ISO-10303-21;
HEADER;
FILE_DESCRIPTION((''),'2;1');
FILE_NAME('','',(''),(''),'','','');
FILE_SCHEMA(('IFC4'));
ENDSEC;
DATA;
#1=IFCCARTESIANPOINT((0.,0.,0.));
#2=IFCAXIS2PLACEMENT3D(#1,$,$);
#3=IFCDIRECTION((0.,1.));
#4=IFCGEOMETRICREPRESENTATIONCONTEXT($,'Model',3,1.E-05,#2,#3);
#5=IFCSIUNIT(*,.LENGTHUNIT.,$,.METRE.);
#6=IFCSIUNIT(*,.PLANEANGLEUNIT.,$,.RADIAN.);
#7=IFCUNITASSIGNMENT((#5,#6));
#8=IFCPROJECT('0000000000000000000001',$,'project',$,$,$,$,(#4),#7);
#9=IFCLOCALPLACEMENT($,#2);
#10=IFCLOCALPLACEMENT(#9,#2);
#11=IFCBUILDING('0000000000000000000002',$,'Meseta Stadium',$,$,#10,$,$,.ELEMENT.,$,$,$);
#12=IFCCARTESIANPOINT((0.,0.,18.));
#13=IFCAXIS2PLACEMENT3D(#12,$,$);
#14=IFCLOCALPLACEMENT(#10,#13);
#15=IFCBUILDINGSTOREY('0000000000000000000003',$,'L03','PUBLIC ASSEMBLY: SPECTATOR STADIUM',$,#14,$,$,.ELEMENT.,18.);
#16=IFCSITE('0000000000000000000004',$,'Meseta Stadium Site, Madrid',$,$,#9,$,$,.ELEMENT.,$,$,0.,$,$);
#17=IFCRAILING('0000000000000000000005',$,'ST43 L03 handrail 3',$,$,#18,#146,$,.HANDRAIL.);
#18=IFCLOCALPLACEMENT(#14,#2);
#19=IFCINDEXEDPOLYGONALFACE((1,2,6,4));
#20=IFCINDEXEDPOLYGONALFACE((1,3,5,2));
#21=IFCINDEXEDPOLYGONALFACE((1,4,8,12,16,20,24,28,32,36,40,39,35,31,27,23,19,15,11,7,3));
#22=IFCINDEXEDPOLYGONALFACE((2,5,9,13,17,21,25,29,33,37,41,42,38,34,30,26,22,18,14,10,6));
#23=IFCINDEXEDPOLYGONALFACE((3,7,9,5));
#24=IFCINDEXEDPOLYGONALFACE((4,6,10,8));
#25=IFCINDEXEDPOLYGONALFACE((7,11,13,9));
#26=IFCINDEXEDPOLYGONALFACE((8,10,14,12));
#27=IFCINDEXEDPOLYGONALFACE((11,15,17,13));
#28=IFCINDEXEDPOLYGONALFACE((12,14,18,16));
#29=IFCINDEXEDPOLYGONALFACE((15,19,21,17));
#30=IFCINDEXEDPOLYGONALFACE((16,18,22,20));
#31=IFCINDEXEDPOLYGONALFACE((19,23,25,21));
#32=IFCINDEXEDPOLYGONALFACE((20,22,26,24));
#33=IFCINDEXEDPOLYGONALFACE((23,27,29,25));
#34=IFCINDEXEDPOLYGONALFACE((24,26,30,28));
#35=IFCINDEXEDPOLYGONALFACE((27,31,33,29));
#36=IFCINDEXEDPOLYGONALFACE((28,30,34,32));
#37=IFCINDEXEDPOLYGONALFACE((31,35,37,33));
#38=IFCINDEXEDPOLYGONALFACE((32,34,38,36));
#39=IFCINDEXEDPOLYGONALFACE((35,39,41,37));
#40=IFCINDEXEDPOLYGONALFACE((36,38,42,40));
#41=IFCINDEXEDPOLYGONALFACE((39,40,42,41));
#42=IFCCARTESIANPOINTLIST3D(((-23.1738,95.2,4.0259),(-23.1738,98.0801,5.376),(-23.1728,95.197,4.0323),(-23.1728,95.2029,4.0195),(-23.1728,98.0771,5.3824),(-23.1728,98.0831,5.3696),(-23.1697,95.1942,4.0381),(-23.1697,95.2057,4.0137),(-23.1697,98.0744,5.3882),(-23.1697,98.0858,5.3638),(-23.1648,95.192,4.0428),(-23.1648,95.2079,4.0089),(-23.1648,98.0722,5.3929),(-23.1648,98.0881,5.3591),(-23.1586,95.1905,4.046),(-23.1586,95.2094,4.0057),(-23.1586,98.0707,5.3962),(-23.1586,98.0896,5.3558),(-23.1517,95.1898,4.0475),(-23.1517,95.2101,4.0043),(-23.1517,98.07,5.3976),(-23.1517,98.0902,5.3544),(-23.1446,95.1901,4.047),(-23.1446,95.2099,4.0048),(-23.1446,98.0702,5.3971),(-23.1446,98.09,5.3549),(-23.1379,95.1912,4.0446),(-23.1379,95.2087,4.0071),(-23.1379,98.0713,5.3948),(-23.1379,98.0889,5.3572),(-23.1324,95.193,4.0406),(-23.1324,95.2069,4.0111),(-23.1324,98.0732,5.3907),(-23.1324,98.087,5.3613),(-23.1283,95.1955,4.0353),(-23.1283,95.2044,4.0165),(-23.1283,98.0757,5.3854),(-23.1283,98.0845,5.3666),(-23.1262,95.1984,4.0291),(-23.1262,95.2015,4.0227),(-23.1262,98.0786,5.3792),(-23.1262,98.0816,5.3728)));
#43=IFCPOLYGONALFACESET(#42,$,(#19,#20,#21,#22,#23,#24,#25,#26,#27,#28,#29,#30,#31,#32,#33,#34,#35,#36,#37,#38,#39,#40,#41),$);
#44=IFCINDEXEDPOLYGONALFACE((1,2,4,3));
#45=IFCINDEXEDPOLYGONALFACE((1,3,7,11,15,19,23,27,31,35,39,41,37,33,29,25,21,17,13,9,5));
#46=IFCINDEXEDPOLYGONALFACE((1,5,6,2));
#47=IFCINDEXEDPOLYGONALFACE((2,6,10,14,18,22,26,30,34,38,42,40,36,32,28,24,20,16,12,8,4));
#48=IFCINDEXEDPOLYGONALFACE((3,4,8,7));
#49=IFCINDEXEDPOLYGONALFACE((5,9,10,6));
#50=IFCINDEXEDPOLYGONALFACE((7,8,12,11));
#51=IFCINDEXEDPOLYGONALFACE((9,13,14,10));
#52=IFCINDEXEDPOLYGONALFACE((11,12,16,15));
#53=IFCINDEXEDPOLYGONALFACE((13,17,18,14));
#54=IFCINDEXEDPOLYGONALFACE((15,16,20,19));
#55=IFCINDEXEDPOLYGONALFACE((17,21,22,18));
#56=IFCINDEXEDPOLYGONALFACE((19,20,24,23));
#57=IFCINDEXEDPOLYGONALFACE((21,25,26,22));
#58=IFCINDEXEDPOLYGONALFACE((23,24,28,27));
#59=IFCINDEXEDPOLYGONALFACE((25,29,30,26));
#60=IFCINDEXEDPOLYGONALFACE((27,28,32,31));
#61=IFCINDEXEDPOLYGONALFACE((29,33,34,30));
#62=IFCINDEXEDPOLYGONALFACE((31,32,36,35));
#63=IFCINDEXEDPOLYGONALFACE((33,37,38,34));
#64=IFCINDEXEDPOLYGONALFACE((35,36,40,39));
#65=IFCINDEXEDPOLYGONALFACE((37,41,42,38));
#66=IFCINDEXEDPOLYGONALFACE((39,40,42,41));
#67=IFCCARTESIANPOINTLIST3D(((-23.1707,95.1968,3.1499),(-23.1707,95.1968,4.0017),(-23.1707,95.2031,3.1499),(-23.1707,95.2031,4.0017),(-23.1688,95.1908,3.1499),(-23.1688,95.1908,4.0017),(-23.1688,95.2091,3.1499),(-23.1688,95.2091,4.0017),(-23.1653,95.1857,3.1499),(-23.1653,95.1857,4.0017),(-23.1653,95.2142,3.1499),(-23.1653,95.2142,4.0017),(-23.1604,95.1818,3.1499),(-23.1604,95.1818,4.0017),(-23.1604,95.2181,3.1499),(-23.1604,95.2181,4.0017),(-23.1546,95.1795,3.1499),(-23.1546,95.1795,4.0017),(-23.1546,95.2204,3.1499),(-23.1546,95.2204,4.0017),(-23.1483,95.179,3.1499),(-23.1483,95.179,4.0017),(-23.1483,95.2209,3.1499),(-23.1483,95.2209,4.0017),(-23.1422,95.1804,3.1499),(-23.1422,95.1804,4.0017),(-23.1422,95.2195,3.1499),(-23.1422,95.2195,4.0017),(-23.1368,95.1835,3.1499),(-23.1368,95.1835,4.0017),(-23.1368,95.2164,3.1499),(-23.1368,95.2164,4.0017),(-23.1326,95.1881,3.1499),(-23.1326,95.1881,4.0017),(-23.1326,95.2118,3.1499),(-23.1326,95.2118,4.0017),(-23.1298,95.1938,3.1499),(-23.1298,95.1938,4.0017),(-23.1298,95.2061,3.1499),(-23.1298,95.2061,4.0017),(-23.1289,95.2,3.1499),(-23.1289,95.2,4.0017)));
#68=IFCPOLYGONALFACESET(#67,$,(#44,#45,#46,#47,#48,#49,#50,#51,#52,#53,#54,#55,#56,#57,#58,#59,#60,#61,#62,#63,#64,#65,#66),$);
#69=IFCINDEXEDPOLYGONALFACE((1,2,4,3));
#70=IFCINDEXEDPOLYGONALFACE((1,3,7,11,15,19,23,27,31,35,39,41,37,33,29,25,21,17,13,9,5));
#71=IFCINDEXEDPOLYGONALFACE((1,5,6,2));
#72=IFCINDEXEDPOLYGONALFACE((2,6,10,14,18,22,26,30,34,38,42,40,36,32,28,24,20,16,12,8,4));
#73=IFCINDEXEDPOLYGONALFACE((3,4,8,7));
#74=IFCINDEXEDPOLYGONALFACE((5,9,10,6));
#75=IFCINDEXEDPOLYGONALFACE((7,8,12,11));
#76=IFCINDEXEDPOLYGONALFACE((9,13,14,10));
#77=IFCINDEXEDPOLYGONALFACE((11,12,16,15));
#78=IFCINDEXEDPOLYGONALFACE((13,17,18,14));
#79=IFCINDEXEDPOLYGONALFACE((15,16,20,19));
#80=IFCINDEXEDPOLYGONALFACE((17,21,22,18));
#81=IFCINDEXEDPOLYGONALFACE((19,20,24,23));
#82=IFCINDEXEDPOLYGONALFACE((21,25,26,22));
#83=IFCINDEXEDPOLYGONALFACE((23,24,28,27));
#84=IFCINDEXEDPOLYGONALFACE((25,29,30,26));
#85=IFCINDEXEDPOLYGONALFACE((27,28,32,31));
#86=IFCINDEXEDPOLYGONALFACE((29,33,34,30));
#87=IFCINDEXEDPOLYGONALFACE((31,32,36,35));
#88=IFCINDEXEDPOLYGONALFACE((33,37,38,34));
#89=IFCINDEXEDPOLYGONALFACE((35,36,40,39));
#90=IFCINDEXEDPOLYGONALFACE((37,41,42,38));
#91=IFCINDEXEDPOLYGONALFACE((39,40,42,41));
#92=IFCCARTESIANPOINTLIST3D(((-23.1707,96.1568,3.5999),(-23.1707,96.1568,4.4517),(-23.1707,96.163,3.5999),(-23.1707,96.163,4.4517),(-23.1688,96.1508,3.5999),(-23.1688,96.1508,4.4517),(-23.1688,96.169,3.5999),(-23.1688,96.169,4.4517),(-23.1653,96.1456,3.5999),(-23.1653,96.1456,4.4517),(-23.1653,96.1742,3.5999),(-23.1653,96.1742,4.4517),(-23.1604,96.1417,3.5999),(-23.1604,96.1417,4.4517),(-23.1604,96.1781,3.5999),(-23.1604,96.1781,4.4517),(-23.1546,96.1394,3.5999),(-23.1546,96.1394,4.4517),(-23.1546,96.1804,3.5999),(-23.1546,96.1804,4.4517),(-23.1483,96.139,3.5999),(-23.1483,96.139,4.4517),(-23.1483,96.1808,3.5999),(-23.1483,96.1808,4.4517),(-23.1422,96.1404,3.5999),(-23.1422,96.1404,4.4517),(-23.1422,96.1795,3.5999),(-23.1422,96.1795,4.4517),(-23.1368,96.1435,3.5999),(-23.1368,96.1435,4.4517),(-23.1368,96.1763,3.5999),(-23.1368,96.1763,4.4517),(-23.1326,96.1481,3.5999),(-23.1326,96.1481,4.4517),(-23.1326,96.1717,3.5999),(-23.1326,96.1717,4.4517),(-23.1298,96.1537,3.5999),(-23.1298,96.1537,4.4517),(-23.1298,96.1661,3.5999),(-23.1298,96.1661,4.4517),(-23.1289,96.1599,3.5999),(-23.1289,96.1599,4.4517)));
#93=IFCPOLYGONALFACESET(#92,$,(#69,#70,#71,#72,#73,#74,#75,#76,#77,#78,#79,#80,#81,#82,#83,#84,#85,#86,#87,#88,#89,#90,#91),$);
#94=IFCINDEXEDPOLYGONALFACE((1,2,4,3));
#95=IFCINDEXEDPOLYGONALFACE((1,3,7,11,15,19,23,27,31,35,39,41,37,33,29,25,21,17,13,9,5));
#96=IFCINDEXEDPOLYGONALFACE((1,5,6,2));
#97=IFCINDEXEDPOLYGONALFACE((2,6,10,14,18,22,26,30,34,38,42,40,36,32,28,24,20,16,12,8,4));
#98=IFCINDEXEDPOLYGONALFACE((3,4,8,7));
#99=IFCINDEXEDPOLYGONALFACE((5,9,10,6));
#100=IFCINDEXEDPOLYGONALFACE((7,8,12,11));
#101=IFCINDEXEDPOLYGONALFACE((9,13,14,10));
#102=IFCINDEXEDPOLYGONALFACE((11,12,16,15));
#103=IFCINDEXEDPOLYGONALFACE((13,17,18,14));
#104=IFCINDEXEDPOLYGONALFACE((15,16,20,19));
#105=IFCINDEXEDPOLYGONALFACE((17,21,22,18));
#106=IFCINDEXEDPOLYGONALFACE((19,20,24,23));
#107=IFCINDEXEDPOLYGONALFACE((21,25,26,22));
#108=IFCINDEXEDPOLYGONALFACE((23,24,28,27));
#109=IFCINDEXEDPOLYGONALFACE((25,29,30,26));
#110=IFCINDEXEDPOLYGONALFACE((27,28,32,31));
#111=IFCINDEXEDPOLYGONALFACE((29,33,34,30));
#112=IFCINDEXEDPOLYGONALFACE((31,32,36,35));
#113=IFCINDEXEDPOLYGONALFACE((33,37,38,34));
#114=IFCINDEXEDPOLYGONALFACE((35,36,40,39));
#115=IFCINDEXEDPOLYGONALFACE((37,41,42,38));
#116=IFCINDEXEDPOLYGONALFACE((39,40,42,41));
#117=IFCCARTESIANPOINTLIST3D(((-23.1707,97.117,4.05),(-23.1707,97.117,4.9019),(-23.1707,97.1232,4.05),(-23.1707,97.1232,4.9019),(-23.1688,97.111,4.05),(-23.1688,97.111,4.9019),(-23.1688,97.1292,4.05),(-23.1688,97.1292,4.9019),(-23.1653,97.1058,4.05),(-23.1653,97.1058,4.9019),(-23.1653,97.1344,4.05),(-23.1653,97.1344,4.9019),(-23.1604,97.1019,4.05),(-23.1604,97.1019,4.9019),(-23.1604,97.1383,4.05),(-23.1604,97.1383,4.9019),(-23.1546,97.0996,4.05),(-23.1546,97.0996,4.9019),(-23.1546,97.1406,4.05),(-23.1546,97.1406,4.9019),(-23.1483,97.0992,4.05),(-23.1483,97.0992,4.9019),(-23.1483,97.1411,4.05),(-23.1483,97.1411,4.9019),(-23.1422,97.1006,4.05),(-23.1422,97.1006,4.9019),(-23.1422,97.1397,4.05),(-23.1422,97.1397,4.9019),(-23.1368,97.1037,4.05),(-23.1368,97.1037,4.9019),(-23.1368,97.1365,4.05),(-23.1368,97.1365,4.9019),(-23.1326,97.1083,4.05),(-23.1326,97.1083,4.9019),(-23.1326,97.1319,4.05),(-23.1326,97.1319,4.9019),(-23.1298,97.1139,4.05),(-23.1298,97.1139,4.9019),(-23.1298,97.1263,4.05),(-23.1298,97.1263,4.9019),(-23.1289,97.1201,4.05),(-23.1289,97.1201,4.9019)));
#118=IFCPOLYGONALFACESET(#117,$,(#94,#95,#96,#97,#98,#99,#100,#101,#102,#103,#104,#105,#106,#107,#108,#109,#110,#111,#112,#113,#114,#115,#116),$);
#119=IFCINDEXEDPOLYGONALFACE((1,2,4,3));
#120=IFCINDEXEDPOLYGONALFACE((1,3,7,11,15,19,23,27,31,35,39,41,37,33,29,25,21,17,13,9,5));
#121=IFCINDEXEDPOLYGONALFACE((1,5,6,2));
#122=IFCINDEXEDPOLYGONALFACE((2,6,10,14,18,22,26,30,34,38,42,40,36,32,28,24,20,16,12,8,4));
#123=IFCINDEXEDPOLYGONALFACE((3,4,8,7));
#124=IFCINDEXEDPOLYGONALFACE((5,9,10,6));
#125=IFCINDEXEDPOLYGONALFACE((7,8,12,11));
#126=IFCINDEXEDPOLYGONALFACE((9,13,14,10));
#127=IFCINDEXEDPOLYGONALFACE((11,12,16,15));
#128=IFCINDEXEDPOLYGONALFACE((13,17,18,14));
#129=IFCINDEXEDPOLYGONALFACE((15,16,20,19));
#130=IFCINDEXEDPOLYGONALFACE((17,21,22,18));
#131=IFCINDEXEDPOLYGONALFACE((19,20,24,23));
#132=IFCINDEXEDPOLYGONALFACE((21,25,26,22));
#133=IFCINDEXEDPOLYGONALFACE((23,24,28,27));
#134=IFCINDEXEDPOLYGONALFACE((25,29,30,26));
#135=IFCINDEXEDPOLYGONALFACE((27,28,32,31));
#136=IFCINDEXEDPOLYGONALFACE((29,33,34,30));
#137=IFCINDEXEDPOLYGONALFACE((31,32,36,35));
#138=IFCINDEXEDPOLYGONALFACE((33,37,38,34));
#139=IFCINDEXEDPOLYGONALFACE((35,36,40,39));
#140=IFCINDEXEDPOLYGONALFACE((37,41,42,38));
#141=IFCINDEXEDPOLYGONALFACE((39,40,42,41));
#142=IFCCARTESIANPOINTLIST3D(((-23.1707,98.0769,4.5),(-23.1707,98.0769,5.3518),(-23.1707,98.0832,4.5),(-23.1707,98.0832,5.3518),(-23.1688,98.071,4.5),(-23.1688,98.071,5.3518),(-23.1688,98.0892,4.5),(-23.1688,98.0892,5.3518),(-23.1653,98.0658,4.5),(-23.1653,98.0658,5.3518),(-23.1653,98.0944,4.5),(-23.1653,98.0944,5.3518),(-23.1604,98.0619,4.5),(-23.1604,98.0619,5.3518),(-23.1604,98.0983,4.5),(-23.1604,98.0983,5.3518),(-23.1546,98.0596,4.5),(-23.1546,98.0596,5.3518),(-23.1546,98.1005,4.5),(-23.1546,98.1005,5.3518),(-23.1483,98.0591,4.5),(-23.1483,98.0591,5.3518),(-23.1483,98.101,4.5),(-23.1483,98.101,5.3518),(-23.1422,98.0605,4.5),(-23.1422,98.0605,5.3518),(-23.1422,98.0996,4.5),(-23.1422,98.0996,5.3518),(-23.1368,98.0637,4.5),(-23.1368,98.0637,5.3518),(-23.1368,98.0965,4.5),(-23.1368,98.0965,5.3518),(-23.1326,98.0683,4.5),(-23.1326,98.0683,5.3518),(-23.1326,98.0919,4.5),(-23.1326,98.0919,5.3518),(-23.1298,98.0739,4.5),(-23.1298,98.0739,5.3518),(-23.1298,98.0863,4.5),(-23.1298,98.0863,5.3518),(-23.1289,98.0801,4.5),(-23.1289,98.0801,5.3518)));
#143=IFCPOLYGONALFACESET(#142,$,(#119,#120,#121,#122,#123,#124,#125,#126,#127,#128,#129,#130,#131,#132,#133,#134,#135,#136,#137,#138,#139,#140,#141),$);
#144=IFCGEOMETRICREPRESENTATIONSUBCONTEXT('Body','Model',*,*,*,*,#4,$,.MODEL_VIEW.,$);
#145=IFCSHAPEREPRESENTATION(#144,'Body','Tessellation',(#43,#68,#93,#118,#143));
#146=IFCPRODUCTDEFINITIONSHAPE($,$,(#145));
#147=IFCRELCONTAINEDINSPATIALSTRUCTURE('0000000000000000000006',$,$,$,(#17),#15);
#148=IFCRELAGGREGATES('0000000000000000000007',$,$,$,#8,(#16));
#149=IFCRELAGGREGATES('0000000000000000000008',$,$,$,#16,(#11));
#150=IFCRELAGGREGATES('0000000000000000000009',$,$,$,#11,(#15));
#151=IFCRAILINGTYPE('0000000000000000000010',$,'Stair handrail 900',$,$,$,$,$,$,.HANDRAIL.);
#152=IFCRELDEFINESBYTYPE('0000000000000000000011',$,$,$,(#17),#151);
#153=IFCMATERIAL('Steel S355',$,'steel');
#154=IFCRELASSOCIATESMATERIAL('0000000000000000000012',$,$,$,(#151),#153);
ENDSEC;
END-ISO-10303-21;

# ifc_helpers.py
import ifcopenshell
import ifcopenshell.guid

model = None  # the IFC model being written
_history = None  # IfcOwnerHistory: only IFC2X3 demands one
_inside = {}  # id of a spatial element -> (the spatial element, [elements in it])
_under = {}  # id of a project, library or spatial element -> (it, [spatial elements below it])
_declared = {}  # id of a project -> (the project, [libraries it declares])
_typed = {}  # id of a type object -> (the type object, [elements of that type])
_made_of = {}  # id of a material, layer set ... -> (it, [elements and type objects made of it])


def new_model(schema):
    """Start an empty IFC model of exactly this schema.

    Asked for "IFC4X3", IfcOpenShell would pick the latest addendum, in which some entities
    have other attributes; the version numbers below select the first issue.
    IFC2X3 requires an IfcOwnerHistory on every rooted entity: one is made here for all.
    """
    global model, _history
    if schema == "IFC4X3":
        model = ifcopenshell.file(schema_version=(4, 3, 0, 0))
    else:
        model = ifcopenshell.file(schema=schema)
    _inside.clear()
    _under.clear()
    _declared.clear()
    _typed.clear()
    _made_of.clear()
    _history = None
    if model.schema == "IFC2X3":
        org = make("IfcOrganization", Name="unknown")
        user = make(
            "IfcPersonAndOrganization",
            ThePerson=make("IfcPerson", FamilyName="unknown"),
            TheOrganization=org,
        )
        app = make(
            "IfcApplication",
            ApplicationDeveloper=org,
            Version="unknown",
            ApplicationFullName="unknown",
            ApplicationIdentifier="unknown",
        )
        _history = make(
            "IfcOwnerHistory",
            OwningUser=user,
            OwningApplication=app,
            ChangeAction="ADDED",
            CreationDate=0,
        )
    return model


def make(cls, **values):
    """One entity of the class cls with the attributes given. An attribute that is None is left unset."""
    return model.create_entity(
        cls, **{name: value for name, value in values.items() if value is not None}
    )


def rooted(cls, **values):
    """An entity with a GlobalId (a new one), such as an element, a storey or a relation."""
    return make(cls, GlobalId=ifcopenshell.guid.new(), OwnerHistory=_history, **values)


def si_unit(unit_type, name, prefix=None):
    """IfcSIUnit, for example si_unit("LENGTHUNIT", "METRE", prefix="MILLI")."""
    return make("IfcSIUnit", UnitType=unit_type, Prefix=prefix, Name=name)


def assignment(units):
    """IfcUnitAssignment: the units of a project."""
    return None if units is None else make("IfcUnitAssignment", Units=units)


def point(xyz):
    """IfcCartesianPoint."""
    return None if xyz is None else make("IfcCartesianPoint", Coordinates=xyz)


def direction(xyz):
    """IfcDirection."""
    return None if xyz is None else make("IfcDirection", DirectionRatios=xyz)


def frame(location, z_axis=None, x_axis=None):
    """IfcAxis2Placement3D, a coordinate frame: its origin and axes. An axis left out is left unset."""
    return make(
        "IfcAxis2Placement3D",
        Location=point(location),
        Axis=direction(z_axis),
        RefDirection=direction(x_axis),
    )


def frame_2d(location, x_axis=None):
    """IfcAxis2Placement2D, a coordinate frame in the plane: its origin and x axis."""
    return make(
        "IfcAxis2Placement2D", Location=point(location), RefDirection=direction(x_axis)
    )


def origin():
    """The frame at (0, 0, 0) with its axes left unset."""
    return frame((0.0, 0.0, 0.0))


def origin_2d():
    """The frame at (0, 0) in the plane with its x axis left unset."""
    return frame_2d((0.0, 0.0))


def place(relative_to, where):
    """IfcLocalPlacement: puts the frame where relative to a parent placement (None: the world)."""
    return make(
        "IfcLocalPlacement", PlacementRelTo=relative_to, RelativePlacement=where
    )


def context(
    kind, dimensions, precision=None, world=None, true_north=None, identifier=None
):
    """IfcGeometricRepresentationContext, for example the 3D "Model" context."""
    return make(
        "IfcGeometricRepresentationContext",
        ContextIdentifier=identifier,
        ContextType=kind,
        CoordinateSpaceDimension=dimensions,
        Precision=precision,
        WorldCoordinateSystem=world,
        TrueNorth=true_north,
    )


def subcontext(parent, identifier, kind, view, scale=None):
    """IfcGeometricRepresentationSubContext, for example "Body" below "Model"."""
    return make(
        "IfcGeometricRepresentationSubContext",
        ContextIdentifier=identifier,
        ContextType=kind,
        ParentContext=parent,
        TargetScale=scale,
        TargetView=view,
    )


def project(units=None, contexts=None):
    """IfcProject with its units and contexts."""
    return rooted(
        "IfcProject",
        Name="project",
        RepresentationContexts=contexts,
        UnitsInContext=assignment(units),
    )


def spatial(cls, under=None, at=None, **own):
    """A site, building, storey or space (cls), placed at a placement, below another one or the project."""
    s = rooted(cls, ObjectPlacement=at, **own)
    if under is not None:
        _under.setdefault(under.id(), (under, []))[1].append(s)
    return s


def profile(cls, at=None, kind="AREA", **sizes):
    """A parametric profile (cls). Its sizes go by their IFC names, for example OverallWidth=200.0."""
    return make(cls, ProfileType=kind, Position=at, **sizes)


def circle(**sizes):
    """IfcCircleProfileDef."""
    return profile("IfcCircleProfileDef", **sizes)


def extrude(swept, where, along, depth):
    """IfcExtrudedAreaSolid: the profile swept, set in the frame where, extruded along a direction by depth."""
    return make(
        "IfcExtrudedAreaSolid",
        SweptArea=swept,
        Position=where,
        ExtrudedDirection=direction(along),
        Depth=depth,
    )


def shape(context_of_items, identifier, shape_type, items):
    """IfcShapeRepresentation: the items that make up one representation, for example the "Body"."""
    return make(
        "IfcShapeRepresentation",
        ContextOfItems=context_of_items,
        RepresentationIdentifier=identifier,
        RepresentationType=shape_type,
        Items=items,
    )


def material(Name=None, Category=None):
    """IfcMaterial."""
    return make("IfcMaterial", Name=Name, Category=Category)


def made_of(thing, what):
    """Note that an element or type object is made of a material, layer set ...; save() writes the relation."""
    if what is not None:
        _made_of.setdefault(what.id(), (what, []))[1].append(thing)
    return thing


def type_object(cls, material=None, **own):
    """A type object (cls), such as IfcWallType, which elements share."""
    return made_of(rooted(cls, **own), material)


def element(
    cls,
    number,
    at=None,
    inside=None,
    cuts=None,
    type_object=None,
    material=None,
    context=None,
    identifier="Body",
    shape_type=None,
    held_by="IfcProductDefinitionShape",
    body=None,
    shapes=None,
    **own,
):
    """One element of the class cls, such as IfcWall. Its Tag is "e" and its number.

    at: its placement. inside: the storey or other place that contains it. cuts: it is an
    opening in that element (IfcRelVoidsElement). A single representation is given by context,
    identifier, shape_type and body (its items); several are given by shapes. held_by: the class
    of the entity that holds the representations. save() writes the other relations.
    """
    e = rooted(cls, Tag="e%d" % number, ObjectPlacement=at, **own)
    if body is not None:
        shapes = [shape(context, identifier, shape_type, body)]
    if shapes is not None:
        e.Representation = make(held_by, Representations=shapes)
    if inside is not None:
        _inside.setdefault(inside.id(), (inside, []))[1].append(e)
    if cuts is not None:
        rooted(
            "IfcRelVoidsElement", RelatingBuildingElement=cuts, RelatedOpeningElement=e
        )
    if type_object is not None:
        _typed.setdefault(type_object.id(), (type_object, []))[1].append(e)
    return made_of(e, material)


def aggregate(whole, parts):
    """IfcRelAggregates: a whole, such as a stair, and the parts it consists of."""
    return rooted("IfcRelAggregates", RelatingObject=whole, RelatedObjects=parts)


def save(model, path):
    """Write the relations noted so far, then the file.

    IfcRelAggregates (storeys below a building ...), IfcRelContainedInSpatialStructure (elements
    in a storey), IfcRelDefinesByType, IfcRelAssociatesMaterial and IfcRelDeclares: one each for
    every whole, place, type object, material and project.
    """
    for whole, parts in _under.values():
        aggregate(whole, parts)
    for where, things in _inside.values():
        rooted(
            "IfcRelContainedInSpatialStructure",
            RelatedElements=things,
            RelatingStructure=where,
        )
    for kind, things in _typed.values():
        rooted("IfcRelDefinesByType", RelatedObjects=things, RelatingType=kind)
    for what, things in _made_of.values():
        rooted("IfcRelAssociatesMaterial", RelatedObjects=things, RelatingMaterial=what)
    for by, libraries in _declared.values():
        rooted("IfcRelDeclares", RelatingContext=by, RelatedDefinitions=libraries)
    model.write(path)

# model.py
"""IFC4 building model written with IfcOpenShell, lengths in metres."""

from ifc_helpers import new_model, si_unit, direction, frame, origin, origin_2d, place, context, subcontext, project, spatial, circle, extrude, material, type_object, element, save


model = new_model("IFC4")

# Units and contexts
model_context = context("Model", 3, precision=1e-05, world=origin(), true_north=direction((0.0, 1.0)))
body_context = subcontext(model_context, "Body", "Model", "MODEL_VIEW")
ifc_project = project(units=[si_unit("LENGTHUNIT", "METRE"), si_unit("PLANEANGLEUNIT", "RADIAN")], contexts=[model_context])

# Site, building, storey
site_placement = place(None, origin())
site = spatial("IfcSite", under=ifc_project, at=site_placement, Name="Meseta Stadium Site, Madrid", CompositionType="ELEMENT", RefElevation=0.0)
building_placement = place(site_placement, origin())
building = spatial("IfcBuilding", under=site, at=building_placement, Name="Meseta Stadium", CompositionType="ELEMENT")
storey_placement = place(building_placement, frame((0.0, 0.0, 18.0)))
storey = spatial("IfcBuildingStorey", under=building, at=storey_placement, Name="L03", Description="PUBLIC ASSEMBLY: SPECTATOR STADIUM", CompositionType="ELEMENT", Elevation=18.0)

# Railing
ifc_material_1 = material(Name="Steel S355", Category="steel")
railing_type_1 = type_object("IfcRailingType", Name="Stair handrail 900", PredefinedType="HANDRAIL", material=ifc_material_1)
for number, where, name in (
    (1, (-23.1499, 95.2, 3.1499), "ST43 L03 handrail 3"),
):
    element("IfcRailing", number, at=place(storey_placement, frame(where)), inside=storey, type_object=railing_type_1, Name=name, PredefinedType="HANDRAIL", context=body_context, shape_type="SweptSolid", body=[
        extrude(circle(Radius=0.0239, at=origin_2d()), frame((0.0, 0.0, 0.876), z_axis=(0.0, 0.905454, 0.424444), x_axis=(-1.0, 0.0, 0.0)), (0.0, 0.0, 1.0), 3.1809),
        extrude(circle(Radius=0.021, at=origin_2d()), origin(), (0.0, 0.0, 1.0), 0.8518),
        extrude(circle(Radius=0.021, at=origin_2d()), frame((0.0, 0.96, 0.45)), (0.0, 0.0, 1.0), 0.8518),
        extrude(circle(Radius=0.021, at=origin_2d()), frame((0.0, 1.9202, 0.9001)), (0.0, 0.0, 1.0), 0.8518),
        extrude(circle(Radius=0.021, at=origin_2d()), frame((0.0, 2.8801, 1.3501)), (0.0, 0.0, 1.0), 0.8518),
    ])

save(model, "model.ifc")
